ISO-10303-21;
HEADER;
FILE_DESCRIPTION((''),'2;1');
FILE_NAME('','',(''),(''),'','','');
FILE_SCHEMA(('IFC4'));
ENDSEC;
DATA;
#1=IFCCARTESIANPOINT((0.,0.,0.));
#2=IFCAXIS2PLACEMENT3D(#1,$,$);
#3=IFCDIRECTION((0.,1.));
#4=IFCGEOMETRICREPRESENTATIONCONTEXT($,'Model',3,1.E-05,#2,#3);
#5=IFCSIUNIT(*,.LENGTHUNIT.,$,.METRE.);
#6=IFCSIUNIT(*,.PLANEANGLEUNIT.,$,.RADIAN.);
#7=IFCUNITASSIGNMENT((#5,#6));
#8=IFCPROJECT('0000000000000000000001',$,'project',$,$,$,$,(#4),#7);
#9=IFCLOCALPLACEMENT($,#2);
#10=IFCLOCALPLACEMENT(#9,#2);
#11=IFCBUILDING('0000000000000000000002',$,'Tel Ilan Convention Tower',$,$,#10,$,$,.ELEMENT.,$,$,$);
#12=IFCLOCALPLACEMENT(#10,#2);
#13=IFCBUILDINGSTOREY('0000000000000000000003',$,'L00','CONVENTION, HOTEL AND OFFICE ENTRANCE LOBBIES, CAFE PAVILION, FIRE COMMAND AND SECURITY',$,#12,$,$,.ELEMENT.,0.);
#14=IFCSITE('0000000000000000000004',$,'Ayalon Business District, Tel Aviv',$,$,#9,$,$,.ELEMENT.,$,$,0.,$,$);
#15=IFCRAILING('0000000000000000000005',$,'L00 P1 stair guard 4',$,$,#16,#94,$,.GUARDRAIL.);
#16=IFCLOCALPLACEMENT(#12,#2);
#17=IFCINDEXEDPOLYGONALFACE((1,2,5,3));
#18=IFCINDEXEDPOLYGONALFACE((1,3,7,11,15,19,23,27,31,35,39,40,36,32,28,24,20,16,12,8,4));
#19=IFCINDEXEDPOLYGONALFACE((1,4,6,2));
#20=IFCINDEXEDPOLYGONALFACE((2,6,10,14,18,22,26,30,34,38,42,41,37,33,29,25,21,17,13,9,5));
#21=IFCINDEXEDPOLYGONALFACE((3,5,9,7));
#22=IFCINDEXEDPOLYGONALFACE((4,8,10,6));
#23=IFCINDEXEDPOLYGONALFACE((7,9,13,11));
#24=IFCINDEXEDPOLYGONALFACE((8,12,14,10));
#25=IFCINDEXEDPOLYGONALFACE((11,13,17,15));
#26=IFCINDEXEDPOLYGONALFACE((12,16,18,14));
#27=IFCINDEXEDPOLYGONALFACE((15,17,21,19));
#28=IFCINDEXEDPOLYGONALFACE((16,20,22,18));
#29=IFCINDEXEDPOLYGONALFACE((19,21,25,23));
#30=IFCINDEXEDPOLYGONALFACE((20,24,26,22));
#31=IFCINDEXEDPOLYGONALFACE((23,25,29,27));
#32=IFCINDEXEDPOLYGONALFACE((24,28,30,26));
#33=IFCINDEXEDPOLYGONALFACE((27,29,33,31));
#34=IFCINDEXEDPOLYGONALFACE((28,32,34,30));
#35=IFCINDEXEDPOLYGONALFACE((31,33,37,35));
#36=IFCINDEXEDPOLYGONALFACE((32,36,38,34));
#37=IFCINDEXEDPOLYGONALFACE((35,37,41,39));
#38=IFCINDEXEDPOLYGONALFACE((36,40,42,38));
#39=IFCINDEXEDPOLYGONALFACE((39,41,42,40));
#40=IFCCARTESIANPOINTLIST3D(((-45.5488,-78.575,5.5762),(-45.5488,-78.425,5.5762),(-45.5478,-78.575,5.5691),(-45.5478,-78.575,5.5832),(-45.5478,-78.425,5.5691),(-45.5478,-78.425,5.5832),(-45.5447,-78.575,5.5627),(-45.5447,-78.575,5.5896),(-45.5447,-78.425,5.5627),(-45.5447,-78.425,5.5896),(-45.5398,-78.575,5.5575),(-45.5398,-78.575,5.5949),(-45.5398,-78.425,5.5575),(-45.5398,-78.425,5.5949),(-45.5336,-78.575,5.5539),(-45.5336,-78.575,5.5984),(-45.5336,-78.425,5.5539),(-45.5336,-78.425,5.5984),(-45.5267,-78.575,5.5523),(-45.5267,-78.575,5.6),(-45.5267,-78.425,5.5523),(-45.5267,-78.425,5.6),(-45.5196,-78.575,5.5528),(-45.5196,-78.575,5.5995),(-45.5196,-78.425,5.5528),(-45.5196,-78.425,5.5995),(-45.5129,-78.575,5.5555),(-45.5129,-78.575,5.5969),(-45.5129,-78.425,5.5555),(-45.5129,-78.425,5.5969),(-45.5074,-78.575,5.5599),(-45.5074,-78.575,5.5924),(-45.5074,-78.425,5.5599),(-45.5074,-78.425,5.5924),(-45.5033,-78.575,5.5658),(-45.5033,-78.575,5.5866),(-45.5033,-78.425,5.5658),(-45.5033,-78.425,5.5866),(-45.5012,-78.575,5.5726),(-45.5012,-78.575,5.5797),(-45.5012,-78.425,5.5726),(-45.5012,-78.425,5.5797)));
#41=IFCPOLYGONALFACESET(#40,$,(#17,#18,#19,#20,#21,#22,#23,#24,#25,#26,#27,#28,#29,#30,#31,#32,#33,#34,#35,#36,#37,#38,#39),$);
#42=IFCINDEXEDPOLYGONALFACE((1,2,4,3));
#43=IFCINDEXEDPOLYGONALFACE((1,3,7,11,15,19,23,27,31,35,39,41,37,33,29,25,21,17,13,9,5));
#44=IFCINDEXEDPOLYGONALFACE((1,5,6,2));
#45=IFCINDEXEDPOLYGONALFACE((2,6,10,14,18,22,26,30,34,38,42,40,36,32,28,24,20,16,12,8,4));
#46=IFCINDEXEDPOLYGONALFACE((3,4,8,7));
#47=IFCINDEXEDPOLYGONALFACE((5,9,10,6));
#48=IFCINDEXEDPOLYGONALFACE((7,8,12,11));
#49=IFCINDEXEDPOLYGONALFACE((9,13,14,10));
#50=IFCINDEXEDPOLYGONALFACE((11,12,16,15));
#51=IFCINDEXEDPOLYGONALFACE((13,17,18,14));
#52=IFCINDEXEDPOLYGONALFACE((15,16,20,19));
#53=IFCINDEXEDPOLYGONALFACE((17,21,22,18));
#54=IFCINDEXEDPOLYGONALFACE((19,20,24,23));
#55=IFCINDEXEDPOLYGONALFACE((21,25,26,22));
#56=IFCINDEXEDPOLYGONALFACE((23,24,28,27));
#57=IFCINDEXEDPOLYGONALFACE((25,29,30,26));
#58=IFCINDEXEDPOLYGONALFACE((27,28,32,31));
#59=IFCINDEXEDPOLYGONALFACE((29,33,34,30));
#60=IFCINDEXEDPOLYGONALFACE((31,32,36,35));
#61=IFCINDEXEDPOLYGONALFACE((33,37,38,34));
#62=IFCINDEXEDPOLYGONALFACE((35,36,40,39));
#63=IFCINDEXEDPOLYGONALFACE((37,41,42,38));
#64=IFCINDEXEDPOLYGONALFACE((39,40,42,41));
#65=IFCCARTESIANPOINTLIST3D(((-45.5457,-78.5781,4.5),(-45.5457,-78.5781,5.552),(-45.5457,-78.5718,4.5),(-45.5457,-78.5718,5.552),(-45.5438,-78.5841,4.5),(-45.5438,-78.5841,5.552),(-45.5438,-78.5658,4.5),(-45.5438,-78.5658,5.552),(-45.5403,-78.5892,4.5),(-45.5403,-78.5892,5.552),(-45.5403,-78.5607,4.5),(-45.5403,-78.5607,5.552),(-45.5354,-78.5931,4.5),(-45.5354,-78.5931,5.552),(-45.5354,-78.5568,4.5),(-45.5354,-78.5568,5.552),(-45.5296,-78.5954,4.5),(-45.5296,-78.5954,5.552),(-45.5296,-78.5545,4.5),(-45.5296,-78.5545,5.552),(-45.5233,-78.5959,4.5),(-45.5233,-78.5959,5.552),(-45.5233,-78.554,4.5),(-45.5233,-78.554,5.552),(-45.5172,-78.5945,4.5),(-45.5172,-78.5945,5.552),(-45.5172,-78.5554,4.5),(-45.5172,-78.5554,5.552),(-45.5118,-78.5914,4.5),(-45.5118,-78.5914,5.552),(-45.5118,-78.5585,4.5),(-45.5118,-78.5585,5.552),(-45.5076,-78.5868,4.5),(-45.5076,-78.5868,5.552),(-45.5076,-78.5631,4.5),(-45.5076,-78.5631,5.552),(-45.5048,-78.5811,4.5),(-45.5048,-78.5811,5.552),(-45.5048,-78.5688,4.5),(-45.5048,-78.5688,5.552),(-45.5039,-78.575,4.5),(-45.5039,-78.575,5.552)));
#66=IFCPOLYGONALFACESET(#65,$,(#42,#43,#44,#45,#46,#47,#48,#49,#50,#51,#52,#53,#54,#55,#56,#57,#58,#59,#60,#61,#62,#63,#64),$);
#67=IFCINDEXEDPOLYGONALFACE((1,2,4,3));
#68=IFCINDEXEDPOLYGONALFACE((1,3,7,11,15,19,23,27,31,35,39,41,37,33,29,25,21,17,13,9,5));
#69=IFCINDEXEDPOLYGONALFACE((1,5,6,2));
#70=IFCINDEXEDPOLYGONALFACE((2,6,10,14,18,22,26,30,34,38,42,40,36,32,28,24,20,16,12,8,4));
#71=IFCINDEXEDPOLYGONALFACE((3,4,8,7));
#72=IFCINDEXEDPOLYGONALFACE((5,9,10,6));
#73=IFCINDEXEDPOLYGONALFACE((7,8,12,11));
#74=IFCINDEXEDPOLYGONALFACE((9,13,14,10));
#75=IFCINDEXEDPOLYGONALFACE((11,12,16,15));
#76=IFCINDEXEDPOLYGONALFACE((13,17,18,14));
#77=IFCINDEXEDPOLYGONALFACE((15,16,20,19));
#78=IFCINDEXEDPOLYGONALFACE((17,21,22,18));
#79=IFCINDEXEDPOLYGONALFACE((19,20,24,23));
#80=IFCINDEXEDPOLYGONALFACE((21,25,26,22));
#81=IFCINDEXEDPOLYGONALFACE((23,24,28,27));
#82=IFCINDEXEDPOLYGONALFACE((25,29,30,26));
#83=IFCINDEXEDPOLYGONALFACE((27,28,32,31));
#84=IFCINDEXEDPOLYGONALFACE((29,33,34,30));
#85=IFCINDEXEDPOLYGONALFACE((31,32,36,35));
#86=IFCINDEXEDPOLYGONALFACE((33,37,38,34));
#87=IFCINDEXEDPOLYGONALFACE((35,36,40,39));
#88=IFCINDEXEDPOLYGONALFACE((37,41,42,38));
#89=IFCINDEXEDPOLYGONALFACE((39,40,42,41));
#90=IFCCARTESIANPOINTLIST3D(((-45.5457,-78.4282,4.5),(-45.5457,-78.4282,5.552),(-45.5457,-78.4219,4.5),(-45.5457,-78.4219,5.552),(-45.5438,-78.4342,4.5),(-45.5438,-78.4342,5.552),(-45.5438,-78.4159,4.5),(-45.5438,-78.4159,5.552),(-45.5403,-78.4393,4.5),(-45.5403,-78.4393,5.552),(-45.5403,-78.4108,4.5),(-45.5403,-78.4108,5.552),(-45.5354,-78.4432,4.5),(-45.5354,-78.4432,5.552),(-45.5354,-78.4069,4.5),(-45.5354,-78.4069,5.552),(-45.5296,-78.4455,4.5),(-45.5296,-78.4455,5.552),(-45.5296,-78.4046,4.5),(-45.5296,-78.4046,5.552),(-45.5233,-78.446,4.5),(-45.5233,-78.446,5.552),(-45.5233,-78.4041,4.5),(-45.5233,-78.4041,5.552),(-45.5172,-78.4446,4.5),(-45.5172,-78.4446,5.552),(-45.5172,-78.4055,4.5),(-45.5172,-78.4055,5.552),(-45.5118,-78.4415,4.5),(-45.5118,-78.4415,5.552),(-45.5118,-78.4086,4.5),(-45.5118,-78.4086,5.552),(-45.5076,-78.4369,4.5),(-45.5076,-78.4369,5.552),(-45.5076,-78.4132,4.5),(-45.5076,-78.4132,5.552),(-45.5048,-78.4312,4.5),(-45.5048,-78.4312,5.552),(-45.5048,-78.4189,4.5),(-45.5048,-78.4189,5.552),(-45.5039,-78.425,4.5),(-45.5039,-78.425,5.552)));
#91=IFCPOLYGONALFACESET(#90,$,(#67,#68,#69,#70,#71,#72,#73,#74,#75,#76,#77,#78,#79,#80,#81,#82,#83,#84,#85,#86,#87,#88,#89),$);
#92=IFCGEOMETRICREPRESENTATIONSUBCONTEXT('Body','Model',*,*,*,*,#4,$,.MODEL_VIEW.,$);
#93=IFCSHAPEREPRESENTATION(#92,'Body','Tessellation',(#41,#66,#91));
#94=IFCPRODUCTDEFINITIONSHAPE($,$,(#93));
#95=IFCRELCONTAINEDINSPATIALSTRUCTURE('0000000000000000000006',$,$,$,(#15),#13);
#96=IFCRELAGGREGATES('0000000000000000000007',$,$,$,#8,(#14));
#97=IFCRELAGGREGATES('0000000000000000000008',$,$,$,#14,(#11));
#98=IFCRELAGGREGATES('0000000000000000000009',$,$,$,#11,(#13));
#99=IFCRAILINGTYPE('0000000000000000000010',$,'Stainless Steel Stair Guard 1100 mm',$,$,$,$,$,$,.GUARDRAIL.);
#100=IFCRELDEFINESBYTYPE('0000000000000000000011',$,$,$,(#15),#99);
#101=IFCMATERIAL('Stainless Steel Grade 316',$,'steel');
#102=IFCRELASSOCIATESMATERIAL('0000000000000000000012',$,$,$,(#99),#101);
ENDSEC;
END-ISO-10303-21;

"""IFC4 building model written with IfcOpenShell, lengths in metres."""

from ifc_helpers import new_model, si_unit, direction, frame, origin, origin_2d, place, context, subcontext, project, spatial, circle, extrude, material, type_object, element, save


model = new_model("IFC4")

# Units and contexts
model_context = context("Model", 3, precision=1e-05, world=origin(), true_north=direction((0.0, 1.0)))
body_context = subcontext(model_context, "Body", "Model", "MODEL_VIEW")
ifc_project = project(units=[si_unit("LENGTHUNIT", "METRE"), si_unit("PLANEANGLEUNIT", "RADIAN")], contexts=[model_context])

# Site, building, storey
site_placement = place(None, origin())
site = spatial("IfcSite", under=ifc_project, at=site_placement, Name="Ayalon Business District, Tel Aviv", CompositionType="ELEMENT", RefElevation=0.0)
building_placement = place(site_placement, origin())
building = spatial("IfcBuilding", under=site, at=building_placement, Name="Tel Ilan Convention Tower", CompositionType="ELEMENT")
storey_placement = place(building_placement, origin())
storey = spatial("IfcBuildingStorey", under=building, at=storey_placement, Name="L00", Description="CONVENTION, HOTEL AND OFFICE ENTRANCE LOBBIES, CAFE PAVILION, FIRE COMMAND AND SECURITY", CompositionType="ELEMENT", Elevation=0.0)

# Railing
ifc_material_1 = material(Name="Stainless Steel Grade 316", Category="steel")
railing_type_1 = type_object("IfcRailingType", Name="Stainless Steel Stair Guard 1100 mm", PredefinedType="GUARDRAIL", material=ifc_material_1)
railing_1_placement = place(storey_placement, frame((-45.5249, -78.575, 4.5)))
element("IfcRailing", 1, at=railing_1_placement, inside=storey, type_object=railing_type_1, Name="L00 P1 stair guard 4", PredefinedType="GUARDRAIL", context=body_context, shape_type="SweptSolid", body=[
    extrude(circle(Radius=0.0239, at=origin_2d()), frame((0.0, 0.0, 1.0762), z_axis=(0.0, 1.0, 0.0), x_axis=(-1.0, 0.0, 0.0)), (0.0, 0.0, 1.0), 0.1499),
    extrude(circle(Radius=0.021, at=origin_2d()), origin(), (0.0, 0.0, 1.0), 1.052),
    extrude(circle(Radius=0.021, at=origin_2d()), frame((0.0, 0.1499, 0.0)), (0.0, 0.0, 1.0), 1.052),
])

save(model, "model.ifc")
